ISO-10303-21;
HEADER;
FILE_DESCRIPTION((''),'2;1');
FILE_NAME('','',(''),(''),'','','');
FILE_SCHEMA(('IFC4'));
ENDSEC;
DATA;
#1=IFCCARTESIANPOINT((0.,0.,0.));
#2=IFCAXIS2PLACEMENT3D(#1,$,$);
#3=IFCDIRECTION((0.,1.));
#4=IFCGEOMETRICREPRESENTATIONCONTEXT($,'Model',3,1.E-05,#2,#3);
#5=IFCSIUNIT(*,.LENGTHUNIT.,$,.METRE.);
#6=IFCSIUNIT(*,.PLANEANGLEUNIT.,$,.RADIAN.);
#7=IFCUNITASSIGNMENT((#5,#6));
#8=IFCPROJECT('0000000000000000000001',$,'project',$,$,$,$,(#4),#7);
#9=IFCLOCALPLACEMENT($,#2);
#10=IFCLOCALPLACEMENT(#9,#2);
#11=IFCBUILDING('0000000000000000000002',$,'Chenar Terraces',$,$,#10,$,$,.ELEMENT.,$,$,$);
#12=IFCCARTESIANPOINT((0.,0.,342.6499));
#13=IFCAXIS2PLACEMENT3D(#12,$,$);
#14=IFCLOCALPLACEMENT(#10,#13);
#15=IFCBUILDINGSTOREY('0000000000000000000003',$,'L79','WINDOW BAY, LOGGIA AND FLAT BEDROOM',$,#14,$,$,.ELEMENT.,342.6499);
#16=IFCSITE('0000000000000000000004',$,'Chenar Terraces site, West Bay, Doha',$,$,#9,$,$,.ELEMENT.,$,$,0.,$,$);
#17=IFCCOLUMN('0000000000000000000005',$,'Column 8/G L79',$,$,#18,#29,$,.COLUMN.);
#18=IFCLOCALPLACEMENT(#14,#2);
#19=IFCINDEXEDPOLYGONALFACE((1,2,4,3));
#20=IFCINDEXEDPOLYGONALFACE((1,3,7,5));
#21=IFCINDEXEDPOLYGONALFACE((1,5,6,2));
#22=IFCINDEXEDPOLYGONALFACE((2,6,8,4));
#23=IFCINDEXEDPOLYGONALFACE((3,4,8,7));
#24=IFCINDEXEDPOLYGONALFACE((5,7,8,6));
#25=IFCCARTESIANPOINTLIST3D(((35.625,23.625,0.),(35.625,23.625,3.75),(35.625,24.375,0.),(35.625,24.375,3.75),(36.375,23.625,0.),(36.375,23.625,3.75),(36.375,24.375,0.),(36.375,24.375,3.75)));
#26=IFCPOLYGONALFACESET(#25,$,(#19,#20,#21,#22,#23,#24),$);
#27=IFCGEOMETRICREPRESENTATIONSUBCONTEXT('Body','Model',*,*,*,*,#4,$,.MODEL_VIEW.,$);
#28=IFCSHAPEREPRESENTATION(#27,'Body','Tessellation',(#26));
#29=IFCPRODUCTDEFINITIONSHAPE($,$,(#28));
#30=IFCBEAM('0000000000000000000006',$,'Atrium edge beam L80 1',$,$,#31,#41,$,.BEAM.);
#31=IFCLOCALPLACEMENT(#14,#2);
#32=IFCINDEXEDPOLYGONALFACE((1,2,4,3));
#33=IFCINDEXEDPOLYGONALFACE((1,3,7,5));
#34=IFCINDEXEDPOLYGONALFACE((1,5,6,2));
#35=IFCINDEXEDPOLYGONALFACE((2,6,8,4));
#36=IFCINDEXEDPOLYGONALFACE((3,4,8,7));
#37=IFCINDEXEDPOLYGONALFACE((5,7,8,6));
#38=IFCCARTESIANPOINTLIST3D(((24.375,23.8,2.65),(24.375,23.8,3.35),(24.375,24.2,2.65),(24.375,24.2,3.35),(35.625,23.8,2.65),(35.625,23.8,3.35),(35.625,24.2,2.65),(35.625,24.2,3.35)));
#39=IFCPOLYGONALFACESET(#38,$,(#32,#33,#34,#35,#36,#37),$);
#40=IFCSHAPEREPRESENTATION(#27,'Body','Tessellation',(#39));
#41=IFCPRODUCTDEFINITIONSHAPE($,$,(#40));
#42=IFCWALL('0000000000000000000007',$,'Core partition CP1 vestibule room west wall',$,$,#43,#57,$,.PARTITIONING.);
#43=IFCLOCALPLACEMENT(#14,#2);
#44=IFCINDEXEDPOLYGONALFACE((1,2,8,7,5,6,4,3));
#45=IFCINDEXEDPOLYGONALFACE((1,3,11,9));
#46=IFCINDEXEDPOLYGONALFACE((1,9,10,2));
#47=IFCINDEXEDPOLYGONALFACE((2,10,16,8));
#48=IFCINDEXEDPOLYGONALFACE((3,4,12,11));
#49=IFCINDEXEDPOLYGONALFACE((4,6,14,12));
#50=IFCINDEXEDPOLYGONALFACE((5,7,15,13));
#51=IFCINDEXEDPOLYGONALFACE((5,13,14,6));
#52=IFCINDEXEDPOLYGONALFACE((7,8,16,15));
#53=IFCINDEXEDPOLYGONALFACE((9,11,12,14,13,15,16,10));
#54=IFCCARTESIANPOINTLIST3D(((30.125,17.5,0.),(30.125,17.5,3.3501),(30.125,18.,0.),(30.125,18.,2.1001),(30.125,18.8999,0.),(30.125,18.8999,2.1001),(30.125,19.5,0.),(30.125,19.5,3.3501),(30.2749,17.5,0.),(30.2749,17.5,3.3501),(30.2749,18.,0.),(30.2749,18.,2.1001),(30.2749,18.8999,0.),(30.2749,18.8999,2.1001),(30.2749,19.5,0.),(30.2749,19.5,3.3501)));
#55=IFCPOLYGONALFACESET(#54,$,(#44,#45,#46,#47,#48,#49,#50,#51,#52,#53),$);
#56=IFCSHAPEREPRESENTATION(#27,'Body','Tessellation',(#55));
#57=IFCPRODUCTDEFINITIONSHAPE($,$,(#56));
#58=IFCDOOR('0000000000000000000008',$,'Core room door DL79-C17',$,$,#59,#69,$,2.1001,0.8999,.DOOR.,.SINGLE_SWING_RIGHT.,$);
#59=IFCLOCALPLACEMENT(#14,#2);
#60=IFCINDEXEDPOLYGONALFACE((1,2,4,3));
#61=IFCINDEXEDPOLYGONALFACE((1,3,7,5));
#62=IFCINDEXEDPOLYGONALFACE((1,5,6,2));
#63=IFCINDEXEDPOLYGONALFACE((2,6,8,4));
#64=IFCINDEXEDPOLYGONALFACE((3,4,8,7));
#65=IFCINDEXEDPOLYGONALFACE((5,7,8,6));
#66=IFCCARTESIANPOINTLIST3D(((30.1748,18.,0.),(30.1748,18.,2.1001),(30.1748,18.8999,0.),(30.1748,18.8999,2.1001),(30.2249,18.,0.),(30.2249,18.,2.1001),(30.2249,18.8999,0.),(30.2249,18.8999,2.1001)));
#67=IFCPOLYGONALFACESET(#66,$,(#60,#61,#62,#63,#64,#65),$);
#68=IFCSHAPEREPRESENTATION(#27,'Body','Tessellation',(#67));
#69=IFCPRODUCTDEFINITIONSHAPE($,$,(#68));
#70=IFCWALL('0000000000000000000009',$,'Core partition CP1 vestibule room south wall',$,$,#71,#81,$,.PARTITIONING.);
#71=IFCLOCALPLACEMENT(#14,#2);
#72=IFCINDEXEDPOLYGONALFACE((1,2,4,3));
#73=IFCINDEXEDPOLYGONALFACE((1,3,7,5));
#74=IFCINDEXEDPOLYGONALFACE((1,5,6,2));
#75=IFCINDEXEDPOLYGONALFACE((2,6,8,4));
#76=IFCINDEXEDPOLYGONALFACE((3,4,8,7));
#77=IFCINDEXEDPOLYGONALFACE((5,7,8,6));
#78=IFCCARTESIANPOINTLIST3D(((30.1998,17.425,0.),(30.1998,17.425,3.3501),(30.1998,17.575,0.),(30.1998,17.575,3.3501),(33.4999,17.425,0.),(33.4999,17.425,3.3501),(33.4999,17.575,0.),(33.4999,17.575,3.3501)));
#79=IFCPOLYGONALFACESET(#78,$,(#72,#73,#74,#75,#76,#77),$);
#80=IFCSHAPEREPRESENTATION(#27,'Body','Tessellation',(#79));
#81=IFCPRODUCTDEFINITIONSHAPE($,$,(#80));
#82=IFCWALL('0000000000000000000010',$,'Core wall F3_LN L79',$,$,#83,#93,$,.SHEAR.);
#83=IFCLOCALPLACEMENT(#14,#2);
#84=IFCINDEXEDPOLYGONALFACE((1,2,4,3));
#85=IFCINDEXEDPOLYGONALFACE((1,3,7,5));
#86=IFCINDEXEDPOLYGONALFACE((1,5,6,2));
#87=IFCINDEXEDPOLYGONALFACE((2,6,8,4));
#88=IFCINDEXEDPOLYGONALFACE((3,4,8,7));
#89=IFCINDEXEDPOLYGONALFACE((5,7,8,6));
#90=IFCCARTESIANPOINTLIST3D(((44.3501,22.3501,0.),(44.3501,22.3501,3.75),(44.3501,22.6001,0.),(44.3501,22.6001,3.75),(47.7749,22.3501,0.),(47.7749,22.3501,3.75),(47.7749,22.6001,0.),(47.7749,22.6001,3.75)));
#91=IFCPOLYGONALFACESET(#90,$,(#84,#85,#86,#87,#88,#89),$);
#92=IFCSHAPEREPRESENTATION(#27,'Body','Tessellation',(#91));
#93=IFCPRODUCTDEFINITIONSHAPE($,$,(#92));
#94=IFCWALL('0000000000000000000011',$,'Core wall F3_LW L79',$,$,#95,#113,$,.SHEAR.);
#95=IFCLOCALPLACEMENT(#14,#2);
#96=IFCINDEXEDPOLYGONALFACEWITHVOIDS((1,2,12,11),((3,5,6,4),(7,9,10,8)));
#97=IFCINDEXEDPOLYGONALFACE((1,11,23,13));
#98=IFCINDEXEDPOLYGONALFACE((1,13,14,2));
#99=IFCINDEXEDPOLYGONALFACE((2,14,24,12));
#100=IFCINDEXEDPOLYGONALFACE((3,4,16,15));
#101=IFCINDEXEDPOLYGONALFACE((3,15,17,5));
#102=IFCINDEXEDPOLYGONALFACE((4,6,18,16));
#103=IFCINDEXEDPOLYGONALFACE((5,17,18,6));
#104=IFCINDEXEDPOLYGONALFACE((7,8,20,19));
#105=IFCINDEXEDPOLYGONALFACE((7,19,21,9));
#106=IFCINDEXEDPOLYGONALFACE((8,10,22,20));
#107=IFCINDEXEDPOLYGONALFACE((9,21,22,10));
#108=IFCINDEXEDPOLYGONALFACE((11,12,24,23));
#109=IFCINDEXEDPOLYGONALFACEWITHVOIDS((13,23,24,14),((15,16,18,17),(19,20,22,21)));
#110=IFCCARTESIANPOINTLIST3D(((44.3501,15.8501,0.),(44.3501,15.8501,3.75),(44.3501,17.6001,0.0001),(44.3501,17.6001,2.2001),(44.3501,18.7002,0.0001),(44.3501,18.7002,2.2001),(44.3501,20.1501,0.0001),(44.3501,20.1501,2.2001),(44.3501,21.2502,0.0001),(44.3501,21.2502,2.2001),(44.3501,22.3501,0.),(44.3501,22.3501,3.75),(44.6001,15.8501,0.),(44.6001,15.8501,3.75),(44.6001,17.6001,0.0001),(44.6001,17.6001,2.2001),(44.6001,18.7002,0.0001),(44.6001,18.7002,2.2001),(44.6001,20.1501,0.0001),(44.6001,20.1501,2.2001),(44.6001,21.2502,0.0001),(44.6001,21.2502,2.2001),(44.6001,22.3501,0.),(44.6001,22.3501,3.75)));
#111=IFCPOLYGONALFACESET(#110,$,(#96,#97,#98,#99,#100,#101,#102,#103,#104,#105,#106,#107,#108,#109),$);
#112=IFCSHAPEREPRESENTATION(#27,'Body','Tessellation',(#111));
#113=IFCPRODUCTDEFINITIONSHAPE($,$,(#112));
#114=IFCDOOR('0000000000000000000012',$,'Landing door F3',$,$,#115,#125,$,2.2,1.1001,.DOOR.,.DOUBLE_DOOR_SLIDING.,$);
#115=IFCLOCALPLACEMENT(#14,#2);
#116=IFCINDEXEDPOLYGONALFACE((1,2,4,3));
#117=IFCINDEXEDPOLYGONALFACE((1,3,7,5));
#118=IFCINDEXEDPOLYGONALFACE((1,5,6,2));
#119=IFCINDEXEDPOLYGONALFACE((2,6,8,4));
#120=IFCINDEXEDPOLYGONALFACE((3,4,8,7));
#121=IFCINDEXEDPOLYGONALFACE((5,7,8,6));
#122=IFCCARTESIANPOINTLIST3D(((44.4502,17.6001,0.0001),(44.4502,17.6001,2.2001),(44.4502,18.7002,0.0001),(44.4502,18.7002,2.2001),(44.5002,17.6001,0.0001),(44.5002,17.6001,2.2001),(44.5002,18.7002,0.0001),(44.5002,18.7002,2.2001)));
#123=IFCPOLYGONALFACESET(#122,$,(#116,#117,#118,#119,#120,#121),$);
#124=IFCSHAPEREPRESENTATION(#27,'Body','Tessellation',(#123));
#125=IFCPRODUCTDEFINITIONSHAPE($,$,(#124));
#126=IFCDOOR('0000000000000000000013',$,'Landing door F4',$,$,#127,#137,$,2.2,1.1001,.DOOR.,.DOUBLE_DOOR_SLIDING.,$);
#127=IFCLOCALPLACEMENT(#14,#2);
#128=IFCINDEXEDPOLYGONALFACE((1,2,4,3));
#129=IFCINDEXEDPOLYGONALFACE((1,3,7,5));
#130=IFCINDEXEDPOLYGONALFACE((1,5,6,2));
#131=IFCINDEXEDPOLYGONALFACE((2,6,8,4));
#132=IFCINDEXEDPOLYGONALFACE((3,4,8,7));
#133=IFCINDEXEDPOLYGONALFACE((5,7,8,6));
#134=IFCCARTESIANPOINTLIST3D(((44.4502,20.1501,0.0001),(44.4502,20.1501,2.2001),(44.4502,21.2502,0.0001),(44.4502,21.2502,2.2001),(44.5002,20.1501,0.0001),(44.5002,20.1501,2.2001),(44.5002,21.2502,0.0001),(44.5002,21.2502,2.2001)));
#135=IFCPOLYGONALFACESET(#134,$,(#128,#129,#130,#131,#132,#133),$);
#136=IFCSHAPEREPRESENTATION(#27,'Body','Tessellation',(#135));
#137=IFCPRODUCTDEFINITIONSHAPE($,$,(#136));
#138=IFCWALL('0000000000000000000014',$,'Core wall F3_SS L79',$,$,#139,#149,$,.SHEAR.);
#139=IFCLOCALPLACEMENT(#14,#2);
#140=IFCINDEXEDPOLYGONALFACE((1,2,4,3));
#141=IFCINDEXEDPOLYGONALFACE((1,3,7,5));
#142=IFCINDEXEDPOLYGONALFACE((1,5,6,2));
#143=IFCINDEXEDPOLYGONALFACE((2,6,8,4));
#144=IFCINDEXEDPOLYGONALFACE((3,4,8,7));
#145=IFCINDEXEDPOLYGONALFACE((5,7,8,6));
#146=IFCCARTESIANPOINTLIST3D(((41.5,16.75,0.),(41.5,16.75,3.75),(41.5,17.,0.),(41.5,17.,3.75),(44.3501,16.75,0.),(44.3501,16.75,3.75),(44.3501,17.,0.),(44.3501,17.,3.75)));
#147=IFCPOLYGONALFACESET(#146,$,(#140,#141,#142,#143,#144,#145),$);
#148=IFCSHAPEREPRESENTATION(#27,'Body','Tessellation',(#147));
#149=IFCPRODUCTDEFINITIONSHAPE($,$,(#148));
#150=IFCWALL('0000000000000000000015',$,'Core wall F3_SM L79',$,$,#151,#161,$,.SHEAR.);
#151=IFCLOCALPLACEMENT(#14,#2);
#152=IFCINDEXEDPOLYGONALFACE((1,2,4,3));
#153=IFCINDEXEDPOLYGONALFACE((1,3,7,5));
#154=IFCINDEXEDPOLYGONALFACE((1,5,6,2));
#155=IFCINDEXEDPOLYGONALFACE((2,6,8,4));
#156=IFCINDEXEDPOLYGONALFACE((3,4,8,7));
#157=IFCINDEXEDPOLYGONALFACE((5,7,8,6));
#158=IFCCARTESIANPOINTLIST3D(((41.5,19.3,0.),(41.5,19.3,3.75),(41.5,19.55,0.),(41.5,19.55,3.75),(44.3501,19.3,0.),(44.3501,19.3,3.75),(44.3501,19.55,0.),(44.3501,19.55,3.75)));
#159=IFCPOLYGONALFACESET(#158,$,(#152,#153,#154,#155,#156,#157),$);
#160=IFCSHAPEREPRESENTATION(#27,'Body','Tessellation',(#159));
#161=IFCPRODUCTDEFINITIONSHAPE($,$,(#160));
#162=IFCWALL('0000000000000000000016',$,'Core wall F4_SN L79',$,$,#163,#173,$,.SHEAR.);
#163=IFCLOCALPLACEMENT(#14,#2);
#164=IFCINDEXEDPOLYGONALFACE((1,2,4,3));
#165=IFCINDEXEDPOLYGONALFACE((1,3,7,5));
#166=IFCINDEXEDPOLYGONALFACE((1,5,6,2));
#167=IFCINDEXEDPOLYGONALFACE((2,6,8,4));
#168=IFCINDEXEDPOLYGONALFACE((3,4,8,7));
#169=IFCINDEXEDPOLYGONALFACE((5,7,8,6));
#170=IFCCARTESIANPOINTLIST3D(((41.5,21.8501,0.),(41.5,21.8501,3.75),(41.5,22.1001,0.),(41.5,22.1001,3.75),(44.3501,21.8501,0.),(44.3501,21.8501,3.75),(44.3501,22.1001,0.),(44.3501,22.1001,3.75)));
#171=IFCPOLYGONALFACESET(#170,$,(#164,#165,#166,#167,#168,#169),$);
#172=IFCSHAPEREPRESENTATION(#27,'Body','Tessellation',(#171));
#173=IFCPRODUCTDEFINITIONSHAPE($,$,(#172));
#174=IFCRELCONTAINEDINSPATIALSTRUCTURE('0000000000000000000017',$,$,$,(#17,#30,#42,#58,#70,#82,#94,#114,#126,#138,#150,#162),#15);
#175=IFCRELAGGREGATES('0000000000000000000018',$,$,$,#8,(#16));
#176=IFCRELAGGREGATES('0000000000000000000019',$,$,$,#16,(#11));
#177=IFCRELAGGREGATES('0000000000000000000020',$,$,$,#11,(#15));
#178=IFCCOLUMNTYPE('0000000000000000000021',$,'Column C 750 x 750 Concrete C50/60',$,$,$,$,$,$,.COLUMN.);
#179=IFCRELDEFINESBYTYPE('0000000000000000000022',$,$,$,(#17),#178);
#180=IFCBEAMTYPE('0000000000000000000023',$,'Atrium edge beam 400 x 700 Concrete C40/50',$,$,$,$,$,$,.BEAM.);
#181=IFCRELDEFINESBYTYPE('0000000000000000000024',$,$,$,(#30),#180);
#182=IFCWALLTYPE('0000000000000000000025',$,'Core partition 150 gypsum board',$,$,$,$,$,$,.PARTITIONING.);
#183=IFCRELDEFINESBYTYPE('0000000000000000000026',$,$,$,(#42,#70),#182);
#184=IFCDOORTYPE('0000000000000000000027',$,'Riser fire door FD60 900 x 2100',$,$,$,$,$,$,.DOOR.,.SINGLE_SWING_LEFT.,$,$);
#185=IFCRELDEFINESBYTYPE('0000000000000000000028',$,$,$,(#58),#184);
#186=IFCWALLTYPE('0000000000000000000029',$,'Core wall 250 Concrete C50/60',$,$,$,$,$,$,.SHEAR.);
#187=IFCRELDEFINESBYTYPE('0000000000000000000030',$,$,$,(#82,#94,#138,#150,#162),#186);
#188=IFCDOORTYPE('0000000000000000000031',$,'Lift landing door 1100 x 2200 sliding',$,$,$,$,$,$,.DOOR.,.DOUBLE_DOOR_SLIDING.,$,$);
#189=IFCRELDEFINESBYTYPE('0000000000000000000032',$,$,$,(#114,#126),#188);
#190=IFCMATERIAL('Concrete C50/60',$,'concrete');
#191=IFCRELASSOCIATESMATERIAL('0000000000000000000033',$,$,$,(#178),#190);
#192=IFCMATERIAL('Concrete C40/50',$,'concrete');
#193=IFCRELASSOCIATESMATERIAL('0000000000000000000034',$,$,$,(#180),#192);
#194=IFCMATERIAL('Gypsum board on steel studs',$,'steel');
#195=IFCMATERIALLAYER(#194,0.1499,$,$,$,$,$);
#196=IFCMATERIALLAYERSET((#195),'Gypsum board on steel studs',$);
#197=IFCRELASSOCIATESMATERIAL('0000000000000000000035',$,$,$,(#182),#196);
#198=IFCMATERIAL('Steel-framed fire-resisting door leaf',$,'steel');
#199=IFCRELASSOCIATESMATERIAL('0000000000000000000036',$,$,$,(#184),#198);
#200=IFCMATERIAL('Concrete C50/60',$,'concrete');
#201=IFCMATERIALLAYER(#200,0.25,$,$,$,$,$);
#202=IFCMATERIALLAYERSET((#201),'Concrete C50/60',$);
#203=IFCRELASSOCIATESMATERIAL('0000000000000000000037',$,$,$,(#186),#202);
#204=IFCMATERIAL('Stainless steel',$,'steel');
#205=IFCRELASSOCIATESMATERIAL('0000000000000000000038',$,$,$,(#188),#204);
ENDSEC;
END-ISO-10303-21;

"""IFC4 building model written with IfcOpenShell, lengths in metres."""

from ifc_helpers import new_model, si_unit, direction, frame, frame_2d, origin, origin_2d, place, context, subcontext, project, spatial, rectangle, extrude, material, layer, layer_set, material_profile, profile_set, type_object, element, fill, save


model = new_model("IFC4")

# Units and contexts
model_context = context("Model", 3, precision=1e-05, world=origin(), true_north=direction((0.0, 1.0)))
body_context = subcontext(model_context, "Body", "Model", "MODEL_VIEW")
ifc_project = project(units=[si_unit("LENGTHUNIT", "METRE"), si_unit("PLANEANGLEUNIT", "RADIAN")], contexts=[model_context])

# Site, building, storey
site_placement = place(None, origin())
site = spatial("IfcSite", under=ifc_project, at=site_placement, Name="Chenar Terraces site, West Bay, Doha", CompositionType="ELEMENT", RefElevation=0.0)
building_placement = place(site_placement, origin())
building = spatial("IfcBuilding", under=site, at=building_placement, Name="Chenar Terraces", CompositionType="ELEMENT")
storey_placement = place(building_placement, frame((0.0, 0.0, 342.6499)))
storey = spatial("IfcBuildingStorey", under=building, at=storey_placement, Name="L79", Description="WINDOW BAY, LOGGIA AND FLAT BEDROOM", CompositionType="ELEMENT", Elevation=342.6499)

# Column
ifc_material_1 = material(Name="Concrete C50/60", Category="concrete")
ifc_material_profile_1 = material_profile(ifc_material_1, rectangle(XDim=0.75, YDim=0.75, at=origin_2d()), Name="C 750 x 750")
ifc_profile_set_1 = profile_set([ifc_material_profile_1], Name="Concrete C50/60")
column_type = type_object("IfcColumnType", Name="Column C 750 x 750 Concrete C50/60", PredefinedType="COLUMN", material=ifc_profile_set_1)
column_placement = place(storey_placement, frame((36.0, 24.0, 0.0), z_axis=(0.0, 0.0, 1.0), x_axis=(1.0, 0.0, 0.0)))
element("IfcColumn", 1, at=column_placement, inside=storey, type_object=column_type, Name="Column 8/G L79", PredefinedType="COLUMN", context=body_context, shape_type="SweptSolid", body=[
    extrude(rectangle(XDim=0.75, YDim=0.75, at=origin_2d()), origin(), (0.0, 0.0, 1.0), 3.75),
])

# Beam
ifc_material_2 = material(Name="Concrete C40/50", Category="concrete")
ifc_material_profile_2 = material_profile(ifc_material_2, rectangle(XDim=0.3999, YDim=0.7, at=origin_2d()), Name="RC 400 x 700")
ifc_profile_set_2 = profile_set([ifc_material_profile_2], Name="Concrete C40/50")
beam_type = type_object("IfcBeamType", Name="Atrium edge beam 400 x 700 Concrete C40/50", PredefinedType="BEAM", material=ifc_profile_set_2)
beam_placement = place(storey_placement, frame((24.375, 24.0, 3.0), z_axis=(1.0, 0.0, 0.0), x_axis=(0.0, 1.0, 0.0)))
element("IfcBeam", 2, at=beam_placement, inside=storey, type_object=beam_type, Name="Atrium edge beam L80 1", PredefinedType="BEAM", context=body_context, shape_type="SweptSolid", body=[
    extrude(rectangle(XDim=0.3999, YDim=0.7, at=origin_2d()), origin(), (0.0, 0.0, 1.0), 11.25),
])

# Wall, opening, door
ifc_material_3 = material(Name="Gypsum board on steel studs", Category="steel")
ifc_layer_1 = layer(ifc_material_3, 0.1499)
ifc_layer_set_1 = layer_set([ifc_layer_1], Name="Gypsum board on steel studs")
wall_type_1 = type_object("IfcWallType", Name="Core partition 150 gypsum board", PredefinedType="PARTITIONING", material=ifc_layer_set_1)
wall_1_placement = place(storey_placement, frame((30.2, 17.5, 0.0), z_axis=(0.0, 0.0, 1.0), x_axis=(0.0, 1.0, 0.0)))
wall_1 = element("IfcWall", 3, at=wall_1_placement, inside=storey, type_object=wall_type_1, Name="Core partition CP1 vestibule room west wall", PredefinedType="PARTITIONING", context=body_context, shape_type="SweptSolid", body=[
    extrude(rectangle(XDim=2.0, YDim=0.1499, at=frame_2d((1.0, 0.0))), origin(), (0.0, 0.0, 1.0), 3.3501),
])
opening_1_placement = place(wall_1_placement, frame((0.5, 0.0, 0.0)))
opening_1 = element("IfcOpeningElement", 4, at=opening_1_placement, cuts=wall_1, PredefinedType="OPENING", context=body_context, shape_type="SweptSolid", body=[
    extrude(rectangle(XDim=0.8999, YDim=2.1001, at=frame_2d((0.45, 1.05))), frame((0.0, 0.085, 0.0), z_axis=(0.0, -1.0, 0.0), x_axis=(1.0, 0.0, 0.0)), (0.0, 0.0, 1.0), 0.1699),
])
ifc_material_4 = material(Name="Steel-framed fire-resisting door leaf", Category="steel")
door_type_1 = type_object("IfcDoorType", Name="Riser fire door FD60 900 x 2100", OperationType="SINGLE_SWING_LEFT", PredefinedType="DOOR", material=ifc_material_4)
door_1_placement = place(opening_1_placement, frame((0.8999, 0.0, 0.0), z_axis=(0.0, 0.0, 1.0), x_axis=(-1.0, 0.0, 0.0)))
door_1 = element("IfcDoor", 5, at=door_1_placement, inside=storey, type_object=door_type_1, Name="Core room door DL79-C17", OperationType="SINGLE_SWING_RIGHT", OverallHeight=2.1001, OverallWidth=0.8999, PredefinedType="DOOR", context=body_context, shape_type="SweptSolid", body=[
    extrude(rectangle(XDim=0.8999, YDim=2.1001, at=frame_2d((0.45, 1.05))), frame((0.0, 0.0249, 0.0), z_axis=(0.0, -1.0, 0.0), x_axis=(1.0, 0.0, 0.0)), (0.0, 0.0, 1.0), 0.05),
])
fill(opening_1, door_1)

# Walls
wall_2_placement = place(storey_placement, frame((30.2, 17.5, 0.0), z_axis=(0.0, 0.0, 1.0), x_axis=(1.0, 0.0, 0.0)))
element("IfcWall", 6, at=wall_2_placement, inside=storey, type_object=wall_type_1, Name="Core partition CP1 vestibule room south wall", PredefinedType="PARTITIONING", context=body_context, shape_type="SweptSolid", body=[
    extrude(rectangle(XDim=3.3, YDim=0.1499, at=frame_2d((1.6499, 0.0))), origin(), (0.0, 0.0, 1.0), 3.3501),
])
ifc_material_5 = material(Name="Concrete C50/60", Category="concrete")
ifc_layer_2 = layer(ifc_material_5, 0.25)
ifc_layer_set_2 = layer_set([ifc_layer_2], Name="Concrete C50/60")
wall_type_2 = type_object("IfcWallType", Name="Core wall 250 Concrete C50/60", PredefinedType="SHEAR", material=ifc_layer_set_2)
wall_3_placement = place(storey_placement, frame((44.3501, 22.4751, 0.0), z_axis=(0.0, 0.0, 1.0), x_axis=(1.0, 0.0, 0.0)))
element("IfcWall", 7, at=wall_3_placement, inside=storey, type_object=wall_type_2, Name="Core wall F3_LN L79", PredefinedType="SHEAR", context=body_context, shape_type="SweptSolid", body=[
    extrude(rectangle(XDim=3.4248, YDim=0.25, at=frame_2d((1.7124, 0.0))), origin(), (0.0, 0.0, 1.0), 3.75),
])

# Wall, openings, doors
wall_4_placement = place(storey_placement, frame((44.4751, 15.8501, 0.0), z_axis=(0.0, 0.0, 1.0), x_axis=(0.0, 1.0, 0.0)))
wall_4 = element("IfcWall", 8, at=wall_4_placement, inside=storey, type_object=wall_type_2, Name="Core wall F3_LW L79", PredefinedType="SHEAR", context=body_context, shape_type="SweptSolid", body=[
    extrude(rectangle(XDim=6.5, YDim=0.25, at=frame_2d((3.25, 0.0))), origin(), (0.0, 0.0, 1.0), 3.75),
])
opening_2_placement = place(wall_4_placement, frame((1.75, 0.0, 0.0)))
opening_2 = element("IfcOpeningElement", 9, at=opening_2_placement, cuts=wall_4, PredefinedType="OPENING", context=body_context, shape_type="SweptSolid", body=[
    extrude(rectangle(XDim=1.1001, YDim=2.2, at=frame_2d((0.55, 1.1001))), frame((0.0, 0.135, 0.0), z_axis=(0.0, -1.0, 0.0), x_axis=(1.0, 0.0, 0.0)), (0.0, 0.0, 1.0), 0.27),
])
opening_3_placement = place(wall_4_placement, frame((4.3, 0.0, 0.0)))
opening_3 = element("IfcOpeningElement", 10, at=opening_3_placement, cuts=wall_4, PredefinedType="OPENING", context=body_context, shape_type="SweptSolid", body=[
    extrude(rectangle(XDim=1.1001, YDim=2.2, at=frame_2d((0.55, 1.1001))), frame((0.0, 0.135, 0.0), z_axis=(0.0, -1.0, 0.0), x_axis=(1.0, 0.0, 0.0)), (0.0, 0.0, 1.0), 0.27),
])
ifc_material_6 = material(Name="Stainless steel", Category="steel")
door_type_2 = type_object("IfcDoorType", Name="Lift landing door 1100 x 2200 sliding", OperationType="DOUBLE_DOOR_SLIDING", PredefinedType="DOOR", material=ifc_material_6)
door_2_placement = place(opening_2_placement, origin())
door_2 = element("IfcDoor", 11, at=door_2_placement, inside=storey, type_object=door_type_2, Name="Landing door F3", OperationType="DOUBLE_DOOR_SLIDING", OverallHeight=2.2, OverallWidth=1.1001, PredefinedType="DOOR", context=body_context, shape_type="SweptSolid", body=[
    extrude(rectangle(XDim=1.1001, YDim=2.2, at=frame_2d((0.55, 1.1001))), frame((0.0, 0.0249, 0.0), z_axis=(0.0, -1.0, 0.0), x_axis=(1.0, 0.0, 0.0)), (0.0, 0.0, 1.0), 0.05),
])
fill(opening_2, door_2)
door_3_placement = place(opening_3_placement, origin())
door_3 = element("IfcDoor", 12, at=door_3_placement, inside=storey, type_object=door_type_2, Name="Landing door F4", OperationType="DOUBLE_DOOR_SLIDING", OverallHeight=2.2, OverallWidth=1.1001, PredefinedType="DOOR", context=body_context, shape_type="SweptSolid", body=[
    extrude(rectangle(XDim=1.1001, YDim=2.2, at=frame_2d((0.55, 1.1001))), frame((0.0, 0.0249, 0.0), z_axis=(0.0, -1.0, 0.0), x_axis=(1.0, 0.0, 0.0)), (0.0, 0.0, 1.0), 0.05),
])
fill(opening_3, door_3)

# Walls
for number, where, z_axis, x_axis, name in (
    (13, (41.5, 16.875, 0.0), (0.0, 0.0, 1.0), (1.0, 0.0, 0.0), "Core wall F3_SS L79"),
    (14, (41.5, 19.425, 0.0), (0.0, 0.0, 1.0), (1.0, 0.0, 0.0), "Core wall F3_SM L79"),
    (15, (41.5, 21.9751, 0.0), (0.0, 0.0, 1.0), (1.0, 0.0, 0.0), "Core wall F4_SN L79"),
):
    element("IfcWall", number, at=place(storey_placement, frame(where, z_axis=z_axis, x_axis=x_axis)), inside=storey, type_object=wall_type_2, Name=name, PredefinedType="SHEAR", context=body_context, shape_type="SweptSolid", body=[
        extrude(rectangle(XDim=2.8501, YDim=0.25, at=frame_2d((1.425, 0.0))), origin(), (0.0, 0.0, 1.0), 3.75),
    ])

save(model, "model.ifc")
